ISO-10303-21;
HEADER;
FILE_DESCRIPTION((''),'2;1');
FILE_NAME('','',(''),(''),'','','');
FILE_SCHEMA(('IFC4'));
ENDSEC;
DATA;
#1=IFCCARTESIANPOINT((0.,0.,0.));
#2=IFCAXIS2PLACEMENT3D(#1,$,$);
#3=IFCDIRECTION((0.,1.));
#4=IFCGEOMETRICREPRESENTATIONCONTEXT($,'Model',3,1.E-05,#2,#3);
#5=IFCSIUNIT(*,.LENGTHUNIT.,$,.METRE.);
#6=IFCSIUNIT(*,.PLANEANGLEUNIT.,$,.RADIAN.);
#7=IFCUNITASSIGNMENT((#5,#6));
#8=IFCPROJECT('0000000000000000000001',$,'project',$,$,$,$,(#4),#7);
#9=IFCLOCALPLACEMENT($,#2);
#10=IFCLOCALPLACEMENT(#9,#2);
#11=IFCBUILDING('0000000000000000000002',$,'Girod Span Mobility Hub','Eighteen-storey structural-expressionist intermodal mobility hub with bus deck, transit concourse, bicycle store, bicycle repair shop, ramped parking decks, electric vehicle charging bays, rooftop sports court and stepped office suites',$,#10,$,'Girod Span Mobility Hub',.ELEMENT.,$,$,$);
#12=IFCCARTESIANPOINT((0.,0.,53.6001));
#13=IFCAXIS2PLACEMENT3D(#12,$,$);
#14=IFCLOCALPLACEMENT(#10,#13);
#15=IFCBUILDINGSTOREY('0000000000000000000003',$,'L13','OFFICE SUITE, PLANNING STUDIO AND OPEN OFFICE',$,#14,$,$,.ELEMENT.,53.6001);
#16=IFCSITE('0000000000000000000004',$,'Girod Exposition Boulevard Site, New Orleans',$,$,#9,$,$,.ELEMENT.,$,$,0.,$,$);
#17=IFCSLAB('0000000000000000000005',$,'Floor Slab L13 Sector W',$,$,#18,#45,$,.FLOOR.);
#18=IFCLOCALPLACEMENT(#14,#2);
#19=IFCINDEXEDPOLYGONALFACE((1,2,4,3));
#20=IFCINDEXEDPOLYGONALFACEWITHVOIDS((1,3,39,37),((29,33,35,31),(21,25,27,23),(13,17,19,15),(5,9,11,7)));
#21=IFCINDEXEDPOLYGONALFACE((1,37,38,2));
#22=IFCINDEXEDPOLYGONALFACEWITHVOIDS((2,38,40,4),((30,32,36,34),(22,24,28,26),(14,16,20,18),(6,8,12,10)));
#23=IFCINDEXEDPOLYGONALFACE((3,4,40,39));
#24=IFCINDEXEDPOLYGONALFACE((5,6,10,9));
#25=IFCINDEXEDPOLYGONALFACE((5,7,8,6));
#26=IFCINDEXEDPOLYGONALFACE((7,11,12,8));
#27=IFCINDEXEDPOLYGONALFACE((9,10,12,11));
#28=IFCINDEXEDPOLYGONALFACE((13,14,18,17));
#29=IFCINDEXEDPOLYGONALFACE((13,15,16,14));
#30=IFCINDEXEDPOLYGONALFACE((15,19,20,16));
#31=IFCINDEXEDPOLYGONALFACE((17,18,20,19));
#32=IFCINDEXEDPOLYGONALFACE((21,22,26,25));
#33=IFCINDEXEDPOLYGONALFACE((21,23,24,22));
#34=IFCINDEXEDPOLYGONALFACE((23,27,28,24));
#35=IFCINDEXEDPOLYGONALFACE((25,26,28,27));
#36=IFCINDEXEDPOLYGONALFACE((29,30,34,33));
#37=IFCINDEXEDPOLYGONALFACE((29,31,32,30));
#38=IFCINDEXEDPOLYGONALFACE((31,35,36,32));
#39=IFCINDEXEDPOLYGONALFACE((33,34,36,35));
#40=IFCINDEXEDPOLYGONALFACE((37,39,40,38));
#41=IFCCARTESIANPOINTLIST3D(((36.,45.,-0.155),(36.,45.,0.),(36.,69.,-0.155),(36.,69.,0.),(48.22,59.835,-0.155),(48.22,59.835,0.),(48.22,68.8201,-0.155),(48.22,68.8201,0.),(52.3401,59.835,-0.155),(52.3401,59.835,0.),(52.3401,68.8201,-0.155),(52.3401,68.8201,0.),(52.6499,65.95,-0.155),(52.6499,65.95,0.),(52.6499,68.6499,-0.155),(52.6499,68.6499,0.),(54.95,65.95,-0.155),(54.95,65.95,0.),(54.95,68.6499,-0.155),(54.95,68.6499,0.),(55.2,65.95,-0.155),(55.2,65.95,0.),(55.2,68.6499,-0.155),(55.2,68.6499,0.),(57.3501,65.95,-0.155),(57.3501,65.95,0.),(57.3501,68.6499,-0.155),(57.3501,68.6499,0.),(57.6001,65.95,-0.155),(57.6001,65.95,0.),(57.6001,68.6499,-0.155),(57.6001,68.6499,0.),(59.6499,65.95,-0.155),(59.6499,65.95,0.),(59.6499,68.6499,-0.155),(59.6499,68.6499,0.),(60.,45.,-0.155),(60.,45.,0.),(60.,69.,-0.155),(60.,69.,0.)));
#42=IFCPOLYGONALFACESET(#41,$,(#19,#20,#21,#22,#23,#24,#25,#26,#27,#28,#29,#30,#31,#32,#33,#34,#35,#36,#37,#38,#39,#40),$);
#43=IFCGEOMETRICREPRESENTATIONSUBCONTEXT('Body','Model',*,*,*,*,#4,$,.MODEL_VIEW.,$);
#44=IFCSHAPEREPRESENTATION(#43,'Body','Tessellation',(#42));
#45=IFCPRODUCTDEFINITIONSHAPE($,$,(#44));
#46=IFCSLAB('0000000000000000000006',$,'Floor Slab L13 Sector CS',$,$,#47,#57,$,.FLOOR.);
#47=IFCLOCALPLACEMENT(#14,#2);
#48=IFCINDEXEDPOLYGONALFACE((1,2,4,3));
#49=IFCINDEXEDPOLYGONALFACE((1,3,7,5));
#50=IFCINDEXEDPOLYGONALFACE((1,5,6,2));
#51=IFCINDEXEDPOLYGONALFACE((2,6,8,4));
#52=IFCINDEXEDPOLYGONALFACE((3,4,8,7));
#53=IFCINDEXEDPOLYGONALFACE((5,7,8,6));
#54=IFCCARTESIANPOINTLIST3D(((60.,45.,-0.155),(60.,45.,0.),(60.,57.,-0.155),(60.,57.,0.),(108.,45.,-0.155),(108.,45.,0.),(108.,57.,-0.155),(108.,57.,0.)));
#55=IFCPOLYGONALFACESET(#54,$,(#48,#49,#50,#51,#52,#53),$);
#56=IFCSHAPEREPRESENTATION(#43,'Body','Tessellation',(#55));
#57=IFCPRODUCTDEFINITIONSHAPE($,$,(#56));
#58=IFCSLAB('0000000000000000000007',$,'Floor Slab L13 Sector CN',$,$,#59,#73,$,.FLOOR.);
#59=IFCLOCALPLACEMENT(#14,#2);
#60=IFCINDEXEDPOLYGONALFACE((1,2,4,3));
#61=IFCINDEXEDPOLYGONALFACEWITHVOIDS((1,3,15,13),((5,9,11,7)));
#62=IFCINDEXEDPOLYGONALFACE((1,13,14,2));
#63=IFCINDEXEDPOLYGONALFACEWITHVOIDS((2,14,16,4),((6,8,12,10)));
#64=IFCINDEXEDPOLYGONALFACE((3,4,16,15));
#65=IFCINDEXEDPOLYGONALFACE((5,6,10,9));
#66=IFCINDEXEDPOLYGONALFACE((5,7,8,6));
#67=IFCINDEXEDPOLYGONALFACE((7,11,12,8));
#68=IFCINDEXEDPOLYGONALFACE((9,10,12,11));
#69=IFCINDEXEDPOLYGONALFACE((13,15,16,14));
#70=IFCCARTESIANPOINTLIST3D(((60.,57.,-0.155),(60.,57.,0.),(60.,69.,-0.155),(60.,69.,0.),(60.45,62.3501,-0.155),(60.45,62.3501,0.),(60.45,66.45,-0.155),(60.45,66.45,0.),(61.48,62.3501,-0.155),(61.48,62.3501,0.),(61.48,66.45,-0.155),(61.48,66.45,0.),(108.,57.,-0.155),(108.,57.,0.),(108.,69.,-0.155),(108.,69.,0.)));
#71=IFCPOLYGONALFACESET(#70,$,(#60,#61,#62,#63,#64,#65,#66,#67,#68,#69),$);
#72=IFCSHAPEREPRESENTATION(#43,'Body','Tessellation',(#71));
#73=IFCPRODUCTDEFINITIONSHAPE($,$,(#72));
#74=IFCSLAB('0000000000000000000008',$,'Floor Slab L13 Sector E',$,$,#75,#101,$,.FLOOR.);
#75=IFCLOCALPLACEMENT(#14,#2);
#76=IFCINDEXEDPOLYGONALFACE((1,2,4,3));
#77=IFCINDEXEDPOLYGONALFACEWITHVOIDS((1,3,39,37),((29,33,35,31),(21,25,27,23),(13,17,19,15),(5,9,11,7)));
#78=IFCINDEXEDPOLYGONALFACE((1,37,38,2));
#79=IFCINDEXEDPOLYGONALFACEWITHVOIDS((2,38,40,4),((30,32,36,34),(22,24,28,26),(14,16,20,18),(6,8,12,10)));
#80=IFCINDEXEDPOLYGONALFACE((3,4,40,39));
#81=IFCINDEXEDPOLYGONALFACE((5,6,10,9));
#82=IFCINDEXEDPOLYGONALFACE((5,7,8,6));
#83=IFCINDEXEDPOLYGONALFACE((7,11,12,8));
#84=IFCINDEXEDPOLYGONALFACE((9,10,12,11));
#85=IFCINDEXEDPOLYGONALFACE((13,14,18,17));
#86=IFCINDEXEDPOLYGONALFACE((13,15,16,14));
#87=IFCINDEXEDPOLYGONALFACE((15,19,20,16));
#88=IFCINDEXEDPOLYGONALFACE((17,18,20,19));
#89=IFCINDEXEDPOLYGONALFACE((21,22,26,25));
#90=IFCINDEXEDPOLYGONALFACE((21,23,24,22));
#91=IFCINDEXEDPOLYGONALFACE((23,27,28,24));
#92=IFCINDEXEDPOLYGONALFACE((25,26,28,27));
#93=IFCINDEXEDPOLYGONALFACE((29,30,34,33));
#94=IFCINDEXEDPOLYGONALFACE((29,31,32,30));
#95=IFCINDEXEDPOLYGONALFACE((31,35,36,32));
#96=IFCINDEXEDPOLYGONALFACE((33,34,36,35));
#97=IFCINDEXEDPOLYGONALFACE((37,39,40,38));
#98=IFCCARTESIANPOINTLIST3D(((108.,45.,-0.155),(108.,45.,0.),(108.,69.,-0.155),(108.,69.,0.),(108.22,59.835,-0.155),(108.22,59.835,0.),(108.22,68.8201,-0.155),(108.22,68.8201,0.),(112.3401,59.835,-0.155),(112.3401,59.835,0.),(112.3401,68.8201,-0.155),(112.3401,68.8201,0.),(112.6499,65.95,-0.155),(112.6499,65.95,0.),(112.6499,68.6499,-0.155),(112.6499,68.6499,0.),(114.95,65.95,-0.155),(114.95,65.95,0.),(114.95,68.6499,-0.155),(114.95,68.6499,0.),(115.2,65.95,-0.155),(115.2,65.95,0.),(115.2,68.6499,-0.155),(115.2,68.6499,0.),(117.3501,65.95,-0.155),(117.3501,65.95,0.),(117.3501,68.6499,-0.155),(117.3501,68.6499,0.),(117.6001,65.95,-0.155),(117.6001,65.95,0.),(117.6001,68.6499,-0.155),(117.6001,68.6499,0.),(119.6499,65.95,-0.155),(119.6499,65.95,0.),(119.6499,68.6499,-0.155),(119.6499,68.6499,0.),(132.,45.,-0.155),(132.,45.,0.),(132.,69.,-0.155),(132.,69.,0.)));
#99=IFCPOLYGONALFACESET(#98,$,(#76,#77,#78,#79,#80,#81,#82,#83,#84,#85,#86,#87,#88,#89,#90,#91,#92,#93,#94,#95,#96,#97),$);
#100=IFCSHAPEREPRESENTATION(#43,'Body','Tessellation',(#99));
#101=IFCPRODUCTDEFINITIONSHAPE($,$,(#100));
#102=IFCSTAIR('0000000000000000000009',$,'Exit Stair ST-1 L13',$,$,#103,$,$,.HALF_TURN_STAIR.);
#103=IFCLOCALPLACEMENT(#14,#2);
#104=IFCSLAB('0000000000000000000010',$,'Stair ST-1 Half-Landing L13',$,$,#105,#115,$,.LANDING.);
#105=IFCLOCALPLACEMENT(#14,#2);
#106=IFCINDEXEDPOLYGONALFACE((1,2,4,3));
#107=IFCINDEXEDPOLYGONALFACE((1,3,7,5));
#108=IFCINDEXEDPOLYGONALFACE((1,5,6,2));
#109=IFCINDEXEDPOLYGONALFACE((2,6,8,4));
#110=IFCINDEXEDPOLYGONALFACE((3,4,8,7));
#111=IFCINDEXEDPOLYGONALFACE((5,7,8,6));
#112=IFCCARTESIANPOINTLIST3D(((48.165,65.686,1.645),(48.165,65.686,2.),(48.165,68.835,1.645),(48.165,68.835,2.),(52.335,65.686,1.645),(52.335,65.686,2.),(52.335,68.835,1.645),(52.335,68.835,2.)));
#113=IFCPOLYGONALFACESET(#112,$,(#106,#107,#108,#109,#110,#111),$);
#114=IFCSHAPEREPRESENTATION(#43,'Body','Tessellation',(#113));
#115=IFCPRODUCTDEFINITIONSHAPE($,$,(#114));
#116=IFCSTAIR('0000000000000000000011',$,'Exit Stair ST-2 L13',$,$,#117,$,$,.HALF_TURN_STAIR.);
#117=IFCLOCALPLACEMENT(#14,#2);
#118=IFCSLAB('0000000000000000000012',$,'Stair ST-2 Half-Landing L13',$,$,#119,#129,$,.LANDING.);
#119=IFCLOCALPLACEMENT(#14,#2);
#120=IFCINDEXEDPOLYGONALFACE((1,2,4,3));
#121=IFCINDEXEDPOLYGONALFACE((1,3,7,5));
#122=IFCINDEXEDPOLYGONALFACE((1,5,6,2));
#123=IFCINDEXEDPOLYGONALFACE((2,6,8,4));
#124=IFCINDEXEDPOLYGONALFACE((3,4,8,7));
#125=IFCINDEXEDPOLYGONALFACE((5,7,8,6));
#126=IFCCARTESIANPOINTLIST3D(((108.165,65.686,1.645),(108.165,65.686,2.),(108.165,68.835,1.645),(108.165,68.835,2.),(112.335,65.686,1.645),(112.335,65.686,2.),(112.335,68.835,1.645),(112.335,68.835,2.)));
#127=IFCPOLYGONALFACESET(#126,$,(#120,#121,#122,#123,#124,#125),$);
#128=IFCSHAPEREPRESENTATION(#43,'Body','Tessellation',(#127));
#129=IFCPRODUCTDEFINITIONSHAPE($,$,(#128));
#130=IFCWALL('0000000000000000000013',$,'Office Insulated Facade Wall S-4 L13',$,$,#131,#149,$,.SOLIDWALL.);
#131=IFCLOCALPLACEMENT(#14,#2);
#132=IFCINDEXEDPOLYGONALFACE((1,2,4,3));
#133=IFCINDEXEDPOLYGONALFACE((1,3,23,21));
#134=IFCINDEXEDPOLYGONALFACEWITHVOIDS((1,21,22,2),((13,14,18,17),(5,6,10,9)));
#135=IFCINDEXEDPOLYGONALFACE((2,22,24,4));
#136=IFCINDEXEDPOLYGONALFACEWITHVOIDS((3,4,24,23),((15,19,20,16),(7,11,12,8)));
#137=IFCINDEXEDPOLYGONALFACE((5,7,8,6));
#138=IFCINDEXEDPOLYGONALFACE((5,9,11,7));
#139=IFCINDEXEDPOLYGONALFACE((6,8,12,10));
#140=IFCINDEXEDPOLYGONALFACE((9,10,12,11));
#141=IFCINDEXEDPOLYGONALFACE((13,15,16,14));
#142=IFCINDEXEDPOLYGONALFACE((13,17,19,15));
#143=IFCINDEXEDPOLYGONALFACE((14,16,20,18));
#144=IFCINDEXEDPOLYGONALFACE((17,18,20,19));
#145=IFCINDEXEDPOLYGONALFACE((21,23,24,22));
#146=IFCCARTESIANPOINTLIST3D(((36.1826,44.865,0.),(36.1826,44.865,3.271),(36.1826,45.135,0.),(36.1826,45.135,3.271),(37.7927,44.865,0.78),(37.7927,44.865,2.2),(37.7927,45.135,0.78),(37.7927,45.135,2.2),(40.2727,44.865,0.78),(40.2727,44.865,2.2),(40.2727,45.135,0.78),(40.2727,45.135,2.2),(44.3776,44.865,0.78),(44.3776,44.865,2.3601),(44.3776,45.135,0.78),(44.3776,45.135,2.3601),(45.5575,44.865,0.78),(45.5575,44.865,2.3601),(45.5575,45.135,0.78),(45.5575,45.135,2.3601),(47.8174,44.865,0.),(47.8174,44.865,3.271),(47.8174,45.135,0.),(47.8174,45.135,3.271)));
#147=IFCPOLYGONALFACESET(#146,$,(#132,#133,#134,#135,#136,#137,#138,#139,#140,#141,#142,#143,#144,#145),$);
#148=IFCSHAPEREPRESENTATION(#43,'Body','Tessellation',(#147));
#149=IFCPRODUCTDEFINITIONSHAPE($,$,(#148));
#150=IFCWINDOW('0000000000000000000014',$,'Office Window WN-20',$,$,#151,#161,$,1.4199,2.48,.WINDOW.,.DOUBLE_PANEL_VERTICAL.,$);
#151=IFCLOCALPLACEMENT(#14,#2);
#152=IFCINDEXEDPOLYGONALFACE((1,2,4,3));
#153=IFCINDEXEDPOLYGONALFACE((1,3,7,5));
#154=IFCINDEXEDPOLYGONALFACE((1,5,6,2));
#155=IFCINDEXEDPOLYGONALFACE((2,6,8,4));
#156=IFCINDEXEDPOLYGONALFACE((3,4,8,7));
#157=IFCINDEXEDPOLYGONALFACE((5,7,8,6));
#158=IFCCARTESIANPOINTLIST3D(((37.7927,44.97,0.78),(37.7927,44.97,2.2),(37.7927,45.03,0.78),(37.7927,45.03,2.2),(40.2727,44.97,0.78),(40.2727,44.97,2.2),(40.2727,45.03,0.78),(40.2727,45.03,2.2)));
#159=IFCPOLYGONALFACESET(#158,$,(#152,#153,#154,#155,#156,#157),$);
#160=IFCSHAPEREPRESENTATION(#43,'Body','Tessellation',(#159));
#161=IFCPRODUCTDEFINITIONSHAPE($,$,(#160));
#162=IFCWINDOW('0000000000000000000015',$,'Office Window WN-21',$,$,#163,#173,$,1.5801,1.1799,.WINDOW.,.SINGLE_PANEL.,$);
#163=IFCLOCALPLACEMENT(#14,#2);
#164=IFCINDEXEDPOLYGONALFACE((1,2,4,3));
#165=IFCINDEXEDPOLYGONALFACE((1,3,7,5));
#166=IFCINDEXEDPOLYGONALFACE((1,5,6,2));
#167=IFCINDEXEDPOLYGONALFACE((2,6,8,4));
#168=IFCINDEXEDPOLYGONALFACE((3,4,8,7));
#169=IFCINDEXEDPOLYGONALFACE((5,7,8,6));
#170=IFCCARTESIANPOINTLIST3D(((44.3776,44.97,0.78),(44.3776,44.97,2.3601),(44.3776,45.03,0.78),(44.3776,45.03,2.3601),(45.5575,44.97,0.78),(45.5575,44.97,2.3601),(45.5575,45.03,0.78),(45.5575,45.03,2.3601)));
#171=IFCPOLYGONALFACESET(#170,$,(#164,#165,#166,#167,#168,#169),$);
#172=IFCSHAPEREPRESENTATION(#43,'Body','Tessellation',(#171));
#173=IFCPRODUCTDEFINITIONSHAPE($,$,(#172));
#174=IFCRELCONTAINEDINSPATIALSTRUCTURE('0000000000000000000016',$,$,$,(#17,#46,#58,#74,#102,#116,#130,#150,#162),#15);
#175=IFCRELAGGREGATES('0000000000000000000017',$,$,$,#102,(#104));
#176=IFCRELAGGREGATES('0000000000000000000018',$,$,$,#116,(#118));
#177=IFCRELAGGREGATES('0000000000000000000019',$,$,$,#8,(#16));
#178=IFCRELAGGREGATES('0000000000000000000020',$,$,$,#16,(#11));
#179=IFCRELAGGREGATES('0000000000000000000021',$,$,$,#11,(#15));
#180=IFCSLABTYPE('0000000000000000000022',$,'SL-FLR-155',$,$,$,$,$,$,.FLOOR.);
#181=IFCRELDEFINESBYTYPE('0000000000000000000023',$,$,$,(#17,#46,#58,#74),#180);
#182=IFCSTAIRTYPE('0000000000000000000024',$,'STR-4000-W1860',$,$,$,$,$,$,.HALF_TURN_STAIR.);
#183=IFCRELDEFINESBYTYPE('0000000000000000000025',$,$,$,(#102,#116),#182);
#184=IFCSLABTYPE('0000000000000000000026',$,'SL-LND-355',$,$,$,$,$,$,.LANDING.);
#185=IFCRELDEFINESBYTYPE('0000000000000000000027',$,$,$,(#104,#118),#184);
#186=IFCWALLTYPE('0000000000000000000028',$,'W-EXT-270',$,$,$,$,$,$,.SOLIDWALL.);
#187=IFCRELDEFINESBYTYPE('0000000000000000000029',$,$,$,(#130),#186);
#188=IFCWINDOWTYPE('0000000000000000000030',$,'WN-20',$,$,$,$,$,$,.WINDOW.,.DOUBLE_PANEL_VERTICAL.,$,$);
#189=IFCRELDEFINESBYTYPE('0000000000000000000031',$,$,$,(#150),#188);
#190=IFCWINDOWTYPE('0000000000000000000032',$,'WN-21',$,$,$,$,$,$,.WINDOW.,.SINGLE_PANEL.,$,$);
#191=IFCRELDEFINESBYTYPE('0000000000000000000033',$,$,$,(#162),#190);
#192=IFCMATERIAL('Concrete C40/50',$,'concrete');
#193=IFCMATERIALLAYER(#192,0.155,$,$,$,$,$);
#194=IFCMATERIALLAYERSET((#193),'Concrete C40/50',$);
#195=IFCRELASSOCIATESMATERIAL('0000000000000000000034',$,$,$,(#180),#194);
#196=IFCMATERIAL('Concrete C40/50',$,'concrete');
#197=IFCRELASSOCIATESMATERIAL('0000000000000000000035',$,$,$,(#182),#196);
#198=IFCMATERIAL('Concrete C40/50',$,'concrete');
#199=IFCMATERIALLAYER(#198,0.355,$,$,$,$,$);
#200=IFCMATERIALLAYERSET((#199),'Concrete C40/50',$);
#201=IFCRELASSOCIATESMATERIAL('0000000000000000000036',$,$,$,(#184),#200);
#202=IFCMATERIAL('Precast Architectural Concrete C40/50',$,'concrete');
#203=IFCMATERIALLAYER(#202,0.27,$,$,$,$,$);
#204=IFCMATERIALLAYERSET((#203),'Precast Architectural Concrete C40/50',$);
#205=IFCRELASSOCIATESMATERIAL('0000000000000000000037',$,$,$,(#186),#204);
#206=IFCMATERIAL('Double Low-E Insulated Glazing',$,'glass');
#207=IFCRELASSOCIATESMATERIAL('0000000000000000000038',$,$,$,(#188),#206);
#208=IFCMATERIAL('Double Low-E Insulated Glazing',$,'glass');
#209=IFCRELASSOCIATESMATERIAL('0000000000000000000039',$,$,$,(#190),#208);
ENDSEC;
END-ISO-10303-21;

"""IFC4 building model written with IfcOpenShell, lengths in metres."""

from ifc_helpers import new_model, si_unit, direction, frame, frame_2d, origin, place, context, subcontext, project, spatial, polyline, rectangle, outline, extrude, material, layer, layer_set, type_object, element, fill, aggregate, save


model = new_model("IFC4")

# Units and contexts
model_context = context("Model", 3, precision=1e-05, world=origin(), true_north=direction((0.0, 1.0)))
body_context = subcontext(model_context, "Body", "Model", "MODEL_VIEW")
ifc_project = project(units=[si_unit("LENGTHUNIT", "METRE"), si_unit("PLANEANGLEUNIT", "RADIAN")], contexts=[model_context])

# Site, building, storey
site_placement = place(None, origin())
site = spatial("IfcSite", under=ifc_project, at=site_placement, Name="Girod Exposition Boulevard Site, New Orleans", CompositionType="ELEMENT", RefElevation=0.0)
building_placement = place(site_placement, origin())
building = spatial("IfcBuilding", under=site, at=building_placement, Name="Girod Span Mobility Hub", Description="Eighteen-storey structural-expressionist intermodal mobility hub with bus deck, transit concourse, bicycle store, bicycle repair shop, ramped parking decks, electric vehicle charging bays, rooftop sports court and stepped office suites", LongName="Girod Span Mobility Hub", CompositionType="ELEMENT")
storey_placement = place(building_placement, frame((0.0, 0.0, 53.6001)))
storey = spatial("IfcBuildingStorey", under=building, at=storey_placement, Name="L13", Description="OFFICE SUITE, PLANNING STUDIO AND OPEN OFFICE", CompositionType="ELEMENT", Elevation=53.6001)

# Slabs
ifc_material_1 = material(Name="Concrete C40/50", Category="concrete")
ifc_layer_1 = layer(ifc_material_1, 0.155)
ifc_layer_set_1 = layer_set([ifc_layer_1], Name="Concrete C40/50")
slab_type_1 = type_object("IfcSlabType", Name="SL-FLR-155", PredefinedType="FLOOR", material=ifc_layer_set_1)
slab_1_placement = place(storey_placement, frame((0.0, 0.0, -0.155)))
element("IfcSlab", 1, at=slab_1_placement, inside=storey, type_object=slab_type_1, Name="Floor Slab L13 Sector W", PredefinedType="FLOOR", context=body_context, shape_type="SweptSolid", body=[
    extrude(outline(polyline([(36.0, 69.0), (60.0, 69.0), (60.0, 45.0), (36.0, 45.0), (36.0, 69.0)]), holes=[polyline([(48.22, 59.835), (52.3401, 59.835), (52.3401, 68.8201), (48.22, 68.8201), (48.22, 59.835)]), polyline([(52.6499, 65.95), (54.95, 65.95), (54.95, 68.6499), (52.6499, 68.6499), (52.6499, 65.95)]), polyline([(55.2, 65.95), (57.3501, 65.95), (57.3501, 68.6499), (55.2, 68.6499), (55.2, 65.95)]), polyline([(57.6001, 65.95), (59.6499, 65.95), (59.6499, 68.6499), (57.6001, 68.6499), (57.6001, 65.95)])]), origin(), (0.0, 0.0, 1.0), 0.155),
])
slab_2_placement = place(storey_placement, frame((0.0, 0.0, -0.155)))
element("IfcSlab", 2, at=slab_2_placement, inside=storey, type_object=slab_type_1, Name="Floor Slab L13 Sector CS", PredefinedType="FLOOR", context=body_context, shape_type="SweptSolid", body=[
    extrude(outline(polyline([(60.0, 45.0), (60.0, 57.0), (108.0, 57.0), (108.0, 45.0), (60.0, 45.0)])), origin(), (0.0, 0.0, 1.0), 0.155),
])
slab_3_placement = place(storey_placement, frame((0.0, 0.0, -0.155)))
element("IfcSlab", 3, at=slab_3_placement, inside=storey, type_object=slab_type_1, Name="Floor Slab L13 Sector CN", PredefinedType="FLOOR", context=body_context, shape_type="SweptSolid", body=[
    extrude(outline(polyline([(108.0, 69.0), (108.0, 57.0), (60.0, 57.0), (60.0, 69.0), (108.0, 69.0)]), holes=[polyline([(60.45, 62.3501), (61.48, 62.3501), (61.48, 66.45), (60.45, 66.45), (60.45, 62.3501)])]), origin(), (0.0, 0.0, 1.0), 0.155),
])
slab_4_placement = place(storey_placement, frame((0.0, 0.0, -0.155)))
element("IfcSlab", 4, at=slab_4_placement, inside=storey, type_object=slab_type_1, Name="Floor Slab L13 Sector E", PredefinedType="FLOOR", context=body_context, shape_type="SweptSolid", body=[
    extrude(outline(polyline([(132.0, 69.0), (132.0, 45.0), (108.0, 45.0), (108.0, 69.0), (132.0, 69.0)]), holes=[polyline([(108.22, 59.835), (112.3401, 59.835), (112.3401, 68.8201), (108.22, 68.8201), (108.22, 59.835)]), polyline([(112.6499, 65.95), (114.95, 65.95), (114.95, 68.6499), (112.6499, 68.6499), (112.6499, 65.95)]), polyline([(115.2, 68.6499), (115.2, 65.95), (117.3501, 65.95), (117.3501, 68.6499), (115.2, 68.6499)]), polyline([(117.6001, 68.6499), (117.6001, 65.95), (119.6499, 65.95), (119.6499, 68.6499), (117.6001, 68.6499)])]), origin(), (0.0, 0.0, 1.0), 0.155),
])

# Stairs, slabs
ifc_material_2 = material(Name="Concrete C40/50", Category="concrete")
stair_type = type_object("IfcStairType", Name="STR-4000-W1860", PredefinedType="HALF_TURN_STAIR", material=ifc_material_2)
stair_1_placement = place(storey_placement, origin())
stair_1 = element("IfcStair", 5, at=stair_1_placement, inside=storey, type_object=stair_type, Name="Exit Stair ST-1 L13", PredefinedType="HALF_TURN_STAIR")
ifc_material_3 = material(Name="Concrete C40/50", Category="concrete")
ifc_layer_2 = layer(ifc_material_3, 0.355)
ifc_layer_set_2 = layer_set([ifc_layer_2], Name="Concrete C40/50")
slab_type_2 = type_object("IfcSlabType", Name="SL-LND-355", PredefinedType="LANDING", material=ifc_layer_set_2)
slab_5_placement = place(storey_placement, frame((0.0, 0.0, 1.645)))
slab_5 = element("IfcSlab", 6, at=slab_5_placement, type_object=slab_type_2, Name="Stair ST-1 Half-Landing L13", PredefinedType="LANDING", context=body_context, shape_type="SweptSolid", body=[
    extrude(outline(polyline([(52.335, 65.686), (52.335, 68.835), (48.165, 68.835), (48.165, 65.686), (52.335, 65.686)])), origin(), (0.0, 0.0, 1.0), 0.355),
])
aggregate(stair_1, [slab_5])
stair_2_placement = place(storey_placement, origin())
stair_2 = element("IfcStair", 7, at=stair_2_placement, inside=storey, type_object=stair_type, Name="Exit Stair ST-2 L13", PredefinedType="HALF_TURN_STAIR")
slab_6_placement = place(storey_placement, frame((0.0, 0.0, 1.645)))
slab_6 = element("IfcSlab", 8, at=slab_6_placement, type_object=slab_type_2, Name="Stair ST-2 Half-Landing L13", PredefinedType="LANDING", context=body_context, shape_type="SweptSolid", body=[
    extrude(outline(polyline([(112.335, 65.686), (112.335, 68.835), (108.165, 68.835), (108.165, 65.686), (112.335, 65.686)])), origin(), (0.0, 0.0, 1.0), 0.355),
])
aggregate(stair_2, [slab_6])

# Wall, openings, windows
ifc_material_4 = material(Name="Precast Architectural Concrete C40/50", Category="concrete")
ifc_layer_3 = layer(ifc_material_4, 0.27)
ifc_layer_set_3 = layer_set([ifc_layer_3], Name="Precast Architectural Concrete C40/50")
wall_type = type_object("IfcWallType", Name="W-EXT-270", PredefinedType="SOLIDWALL", material=ifc_layer_set_3)
wall_1_placement = place(storey_placement, frame((36.1826, 45.0, 0.0), z_axis=(0.0, 0.0, 1.0), x_axis=(1.0, 0.0, 0.0)))
wall_1 = element("IfcWall", 9, at=wall_1_placement, inside=storey, type_object=wall_type, Name="Office Insulated Facade Wall S-4 L13", PredefinedType="SOLIDWALL", context=body_context, shape_type="SweptSolid", body=[
    extrude(rectangle(XDim=11.6348, YDim=0.27, at=frame_2d((5.8174, 0.0))), origin(), (0.0, 0.0, 1.0), 3.271),
])
opening_1_placement = place(wall_1_placement, frame((1.6101, 0.0, 0.78)))
opening_1 = element("IfcOpeningElement", 10, at=opening_1_placement, cuts=wall_1, PredefinedType="OPENING", context=body_context, shape_type="SweptSolid", body=[
    extrude(rectangle(XDim=2.48, YDim=1.4199, at=frame_2d((1.24, 0.71))), frame((0.0, 0.1499, 0.0), z_axis=(0.0, -1.0, 0.0), x_axis=(1.0, 0.0, 0.0)), (0.0, 0.0, 1.0), 0.3),
])
opening_2_placement = place(wall_1_placement, frame((8.1951, 0.0, 0.78)))
opening_2 = element("IfcOpeningElement", 11, at=opening_2_placement, cuts=wall_1, PredefinedType="OPENING", context=body_context, shape_type="SweptSolid", body=[
    extrude(rectangle(XDim=1.1799, YDim=1.5801, at=frame_2d((0.5898, 0.79))), frame((0.0, 0.1499, 0.0), z_axis=(0.0, -1.0, 0.0), x_axis=(1.0, 0.0, 0.0)), (0.0, 0.0, 1.0), 0.3),
])
ifc_material_5 = material(Name="Double Low-E Insulated Glazing", Category="glass")
window_type_1 = type_object("IfcWindowType", Name="WN-20", PartitioningType="DOUBLE_PANEL_VERTICAL", PredefinedType="WINDOW", material=ifc_material_5)
window_1_placement = place(opening_1_placement, origin())
window_1 = element("IfcWindow", 12, at=window_1_placement, inside=storey, type_object=window_type_1, Name="Office Window WN-20", OverallHeight=1.4199, OverallWidth=2.48, PartitioningType="DOUBLE_PANEL_VERTICAL", PredefinedType="WINDOW", context=body_context, shape_type="SweptSolid", body=[
    extrude(rectangle(XDim=2.48, YDim=1.4199, at=frame_2d((1.24, 0.71))), frame((0.0, 0.03, 0.0), z_axis=(0.0, -1.0, 0.0), x_axis=(1.0, 0.0, 0.0)), (0.0, 0.0, 1.0), 0.0601),
])
fill(opening_1, window_1)
ifc_material_6 = material(Name="Double Low-E Insulated Glazing", Category="glass")
window_type_2 = type_object("IfcWindowType", Name="WN-21", PartitioningType="SINGLE_PANEL", PredefinedType="WINDOW", material=ifc_material_6)
window_2_placement = place(opening_2_placement, origin())
window_2 = element("IfcWindow", 13, at=window_2_placement, inside=storey, type_object=window_type_2, Name="Office Window WN-21", OverallHeight=1.5801, OverallWidth=1.1799, PartitioningType="SINGLE_PANEL", PredefinedType="WINDOW", context=body_context, shape_type="SweptSolid", body=[
    extrude(rectangle(XDim=1.1799, YDim=1.5801, at=frame_2d((0.5898, 0.79))), frame((0.0, 0.03, 0.0), z_axis=(0.0, -1.0, 0.0), x_axis=(1.0, 0.0, 0.0)), (0.0, 0.0, 1.0), 0.0601),
])
fill(opening_2, window_2)

save(model, "model.ifc")
